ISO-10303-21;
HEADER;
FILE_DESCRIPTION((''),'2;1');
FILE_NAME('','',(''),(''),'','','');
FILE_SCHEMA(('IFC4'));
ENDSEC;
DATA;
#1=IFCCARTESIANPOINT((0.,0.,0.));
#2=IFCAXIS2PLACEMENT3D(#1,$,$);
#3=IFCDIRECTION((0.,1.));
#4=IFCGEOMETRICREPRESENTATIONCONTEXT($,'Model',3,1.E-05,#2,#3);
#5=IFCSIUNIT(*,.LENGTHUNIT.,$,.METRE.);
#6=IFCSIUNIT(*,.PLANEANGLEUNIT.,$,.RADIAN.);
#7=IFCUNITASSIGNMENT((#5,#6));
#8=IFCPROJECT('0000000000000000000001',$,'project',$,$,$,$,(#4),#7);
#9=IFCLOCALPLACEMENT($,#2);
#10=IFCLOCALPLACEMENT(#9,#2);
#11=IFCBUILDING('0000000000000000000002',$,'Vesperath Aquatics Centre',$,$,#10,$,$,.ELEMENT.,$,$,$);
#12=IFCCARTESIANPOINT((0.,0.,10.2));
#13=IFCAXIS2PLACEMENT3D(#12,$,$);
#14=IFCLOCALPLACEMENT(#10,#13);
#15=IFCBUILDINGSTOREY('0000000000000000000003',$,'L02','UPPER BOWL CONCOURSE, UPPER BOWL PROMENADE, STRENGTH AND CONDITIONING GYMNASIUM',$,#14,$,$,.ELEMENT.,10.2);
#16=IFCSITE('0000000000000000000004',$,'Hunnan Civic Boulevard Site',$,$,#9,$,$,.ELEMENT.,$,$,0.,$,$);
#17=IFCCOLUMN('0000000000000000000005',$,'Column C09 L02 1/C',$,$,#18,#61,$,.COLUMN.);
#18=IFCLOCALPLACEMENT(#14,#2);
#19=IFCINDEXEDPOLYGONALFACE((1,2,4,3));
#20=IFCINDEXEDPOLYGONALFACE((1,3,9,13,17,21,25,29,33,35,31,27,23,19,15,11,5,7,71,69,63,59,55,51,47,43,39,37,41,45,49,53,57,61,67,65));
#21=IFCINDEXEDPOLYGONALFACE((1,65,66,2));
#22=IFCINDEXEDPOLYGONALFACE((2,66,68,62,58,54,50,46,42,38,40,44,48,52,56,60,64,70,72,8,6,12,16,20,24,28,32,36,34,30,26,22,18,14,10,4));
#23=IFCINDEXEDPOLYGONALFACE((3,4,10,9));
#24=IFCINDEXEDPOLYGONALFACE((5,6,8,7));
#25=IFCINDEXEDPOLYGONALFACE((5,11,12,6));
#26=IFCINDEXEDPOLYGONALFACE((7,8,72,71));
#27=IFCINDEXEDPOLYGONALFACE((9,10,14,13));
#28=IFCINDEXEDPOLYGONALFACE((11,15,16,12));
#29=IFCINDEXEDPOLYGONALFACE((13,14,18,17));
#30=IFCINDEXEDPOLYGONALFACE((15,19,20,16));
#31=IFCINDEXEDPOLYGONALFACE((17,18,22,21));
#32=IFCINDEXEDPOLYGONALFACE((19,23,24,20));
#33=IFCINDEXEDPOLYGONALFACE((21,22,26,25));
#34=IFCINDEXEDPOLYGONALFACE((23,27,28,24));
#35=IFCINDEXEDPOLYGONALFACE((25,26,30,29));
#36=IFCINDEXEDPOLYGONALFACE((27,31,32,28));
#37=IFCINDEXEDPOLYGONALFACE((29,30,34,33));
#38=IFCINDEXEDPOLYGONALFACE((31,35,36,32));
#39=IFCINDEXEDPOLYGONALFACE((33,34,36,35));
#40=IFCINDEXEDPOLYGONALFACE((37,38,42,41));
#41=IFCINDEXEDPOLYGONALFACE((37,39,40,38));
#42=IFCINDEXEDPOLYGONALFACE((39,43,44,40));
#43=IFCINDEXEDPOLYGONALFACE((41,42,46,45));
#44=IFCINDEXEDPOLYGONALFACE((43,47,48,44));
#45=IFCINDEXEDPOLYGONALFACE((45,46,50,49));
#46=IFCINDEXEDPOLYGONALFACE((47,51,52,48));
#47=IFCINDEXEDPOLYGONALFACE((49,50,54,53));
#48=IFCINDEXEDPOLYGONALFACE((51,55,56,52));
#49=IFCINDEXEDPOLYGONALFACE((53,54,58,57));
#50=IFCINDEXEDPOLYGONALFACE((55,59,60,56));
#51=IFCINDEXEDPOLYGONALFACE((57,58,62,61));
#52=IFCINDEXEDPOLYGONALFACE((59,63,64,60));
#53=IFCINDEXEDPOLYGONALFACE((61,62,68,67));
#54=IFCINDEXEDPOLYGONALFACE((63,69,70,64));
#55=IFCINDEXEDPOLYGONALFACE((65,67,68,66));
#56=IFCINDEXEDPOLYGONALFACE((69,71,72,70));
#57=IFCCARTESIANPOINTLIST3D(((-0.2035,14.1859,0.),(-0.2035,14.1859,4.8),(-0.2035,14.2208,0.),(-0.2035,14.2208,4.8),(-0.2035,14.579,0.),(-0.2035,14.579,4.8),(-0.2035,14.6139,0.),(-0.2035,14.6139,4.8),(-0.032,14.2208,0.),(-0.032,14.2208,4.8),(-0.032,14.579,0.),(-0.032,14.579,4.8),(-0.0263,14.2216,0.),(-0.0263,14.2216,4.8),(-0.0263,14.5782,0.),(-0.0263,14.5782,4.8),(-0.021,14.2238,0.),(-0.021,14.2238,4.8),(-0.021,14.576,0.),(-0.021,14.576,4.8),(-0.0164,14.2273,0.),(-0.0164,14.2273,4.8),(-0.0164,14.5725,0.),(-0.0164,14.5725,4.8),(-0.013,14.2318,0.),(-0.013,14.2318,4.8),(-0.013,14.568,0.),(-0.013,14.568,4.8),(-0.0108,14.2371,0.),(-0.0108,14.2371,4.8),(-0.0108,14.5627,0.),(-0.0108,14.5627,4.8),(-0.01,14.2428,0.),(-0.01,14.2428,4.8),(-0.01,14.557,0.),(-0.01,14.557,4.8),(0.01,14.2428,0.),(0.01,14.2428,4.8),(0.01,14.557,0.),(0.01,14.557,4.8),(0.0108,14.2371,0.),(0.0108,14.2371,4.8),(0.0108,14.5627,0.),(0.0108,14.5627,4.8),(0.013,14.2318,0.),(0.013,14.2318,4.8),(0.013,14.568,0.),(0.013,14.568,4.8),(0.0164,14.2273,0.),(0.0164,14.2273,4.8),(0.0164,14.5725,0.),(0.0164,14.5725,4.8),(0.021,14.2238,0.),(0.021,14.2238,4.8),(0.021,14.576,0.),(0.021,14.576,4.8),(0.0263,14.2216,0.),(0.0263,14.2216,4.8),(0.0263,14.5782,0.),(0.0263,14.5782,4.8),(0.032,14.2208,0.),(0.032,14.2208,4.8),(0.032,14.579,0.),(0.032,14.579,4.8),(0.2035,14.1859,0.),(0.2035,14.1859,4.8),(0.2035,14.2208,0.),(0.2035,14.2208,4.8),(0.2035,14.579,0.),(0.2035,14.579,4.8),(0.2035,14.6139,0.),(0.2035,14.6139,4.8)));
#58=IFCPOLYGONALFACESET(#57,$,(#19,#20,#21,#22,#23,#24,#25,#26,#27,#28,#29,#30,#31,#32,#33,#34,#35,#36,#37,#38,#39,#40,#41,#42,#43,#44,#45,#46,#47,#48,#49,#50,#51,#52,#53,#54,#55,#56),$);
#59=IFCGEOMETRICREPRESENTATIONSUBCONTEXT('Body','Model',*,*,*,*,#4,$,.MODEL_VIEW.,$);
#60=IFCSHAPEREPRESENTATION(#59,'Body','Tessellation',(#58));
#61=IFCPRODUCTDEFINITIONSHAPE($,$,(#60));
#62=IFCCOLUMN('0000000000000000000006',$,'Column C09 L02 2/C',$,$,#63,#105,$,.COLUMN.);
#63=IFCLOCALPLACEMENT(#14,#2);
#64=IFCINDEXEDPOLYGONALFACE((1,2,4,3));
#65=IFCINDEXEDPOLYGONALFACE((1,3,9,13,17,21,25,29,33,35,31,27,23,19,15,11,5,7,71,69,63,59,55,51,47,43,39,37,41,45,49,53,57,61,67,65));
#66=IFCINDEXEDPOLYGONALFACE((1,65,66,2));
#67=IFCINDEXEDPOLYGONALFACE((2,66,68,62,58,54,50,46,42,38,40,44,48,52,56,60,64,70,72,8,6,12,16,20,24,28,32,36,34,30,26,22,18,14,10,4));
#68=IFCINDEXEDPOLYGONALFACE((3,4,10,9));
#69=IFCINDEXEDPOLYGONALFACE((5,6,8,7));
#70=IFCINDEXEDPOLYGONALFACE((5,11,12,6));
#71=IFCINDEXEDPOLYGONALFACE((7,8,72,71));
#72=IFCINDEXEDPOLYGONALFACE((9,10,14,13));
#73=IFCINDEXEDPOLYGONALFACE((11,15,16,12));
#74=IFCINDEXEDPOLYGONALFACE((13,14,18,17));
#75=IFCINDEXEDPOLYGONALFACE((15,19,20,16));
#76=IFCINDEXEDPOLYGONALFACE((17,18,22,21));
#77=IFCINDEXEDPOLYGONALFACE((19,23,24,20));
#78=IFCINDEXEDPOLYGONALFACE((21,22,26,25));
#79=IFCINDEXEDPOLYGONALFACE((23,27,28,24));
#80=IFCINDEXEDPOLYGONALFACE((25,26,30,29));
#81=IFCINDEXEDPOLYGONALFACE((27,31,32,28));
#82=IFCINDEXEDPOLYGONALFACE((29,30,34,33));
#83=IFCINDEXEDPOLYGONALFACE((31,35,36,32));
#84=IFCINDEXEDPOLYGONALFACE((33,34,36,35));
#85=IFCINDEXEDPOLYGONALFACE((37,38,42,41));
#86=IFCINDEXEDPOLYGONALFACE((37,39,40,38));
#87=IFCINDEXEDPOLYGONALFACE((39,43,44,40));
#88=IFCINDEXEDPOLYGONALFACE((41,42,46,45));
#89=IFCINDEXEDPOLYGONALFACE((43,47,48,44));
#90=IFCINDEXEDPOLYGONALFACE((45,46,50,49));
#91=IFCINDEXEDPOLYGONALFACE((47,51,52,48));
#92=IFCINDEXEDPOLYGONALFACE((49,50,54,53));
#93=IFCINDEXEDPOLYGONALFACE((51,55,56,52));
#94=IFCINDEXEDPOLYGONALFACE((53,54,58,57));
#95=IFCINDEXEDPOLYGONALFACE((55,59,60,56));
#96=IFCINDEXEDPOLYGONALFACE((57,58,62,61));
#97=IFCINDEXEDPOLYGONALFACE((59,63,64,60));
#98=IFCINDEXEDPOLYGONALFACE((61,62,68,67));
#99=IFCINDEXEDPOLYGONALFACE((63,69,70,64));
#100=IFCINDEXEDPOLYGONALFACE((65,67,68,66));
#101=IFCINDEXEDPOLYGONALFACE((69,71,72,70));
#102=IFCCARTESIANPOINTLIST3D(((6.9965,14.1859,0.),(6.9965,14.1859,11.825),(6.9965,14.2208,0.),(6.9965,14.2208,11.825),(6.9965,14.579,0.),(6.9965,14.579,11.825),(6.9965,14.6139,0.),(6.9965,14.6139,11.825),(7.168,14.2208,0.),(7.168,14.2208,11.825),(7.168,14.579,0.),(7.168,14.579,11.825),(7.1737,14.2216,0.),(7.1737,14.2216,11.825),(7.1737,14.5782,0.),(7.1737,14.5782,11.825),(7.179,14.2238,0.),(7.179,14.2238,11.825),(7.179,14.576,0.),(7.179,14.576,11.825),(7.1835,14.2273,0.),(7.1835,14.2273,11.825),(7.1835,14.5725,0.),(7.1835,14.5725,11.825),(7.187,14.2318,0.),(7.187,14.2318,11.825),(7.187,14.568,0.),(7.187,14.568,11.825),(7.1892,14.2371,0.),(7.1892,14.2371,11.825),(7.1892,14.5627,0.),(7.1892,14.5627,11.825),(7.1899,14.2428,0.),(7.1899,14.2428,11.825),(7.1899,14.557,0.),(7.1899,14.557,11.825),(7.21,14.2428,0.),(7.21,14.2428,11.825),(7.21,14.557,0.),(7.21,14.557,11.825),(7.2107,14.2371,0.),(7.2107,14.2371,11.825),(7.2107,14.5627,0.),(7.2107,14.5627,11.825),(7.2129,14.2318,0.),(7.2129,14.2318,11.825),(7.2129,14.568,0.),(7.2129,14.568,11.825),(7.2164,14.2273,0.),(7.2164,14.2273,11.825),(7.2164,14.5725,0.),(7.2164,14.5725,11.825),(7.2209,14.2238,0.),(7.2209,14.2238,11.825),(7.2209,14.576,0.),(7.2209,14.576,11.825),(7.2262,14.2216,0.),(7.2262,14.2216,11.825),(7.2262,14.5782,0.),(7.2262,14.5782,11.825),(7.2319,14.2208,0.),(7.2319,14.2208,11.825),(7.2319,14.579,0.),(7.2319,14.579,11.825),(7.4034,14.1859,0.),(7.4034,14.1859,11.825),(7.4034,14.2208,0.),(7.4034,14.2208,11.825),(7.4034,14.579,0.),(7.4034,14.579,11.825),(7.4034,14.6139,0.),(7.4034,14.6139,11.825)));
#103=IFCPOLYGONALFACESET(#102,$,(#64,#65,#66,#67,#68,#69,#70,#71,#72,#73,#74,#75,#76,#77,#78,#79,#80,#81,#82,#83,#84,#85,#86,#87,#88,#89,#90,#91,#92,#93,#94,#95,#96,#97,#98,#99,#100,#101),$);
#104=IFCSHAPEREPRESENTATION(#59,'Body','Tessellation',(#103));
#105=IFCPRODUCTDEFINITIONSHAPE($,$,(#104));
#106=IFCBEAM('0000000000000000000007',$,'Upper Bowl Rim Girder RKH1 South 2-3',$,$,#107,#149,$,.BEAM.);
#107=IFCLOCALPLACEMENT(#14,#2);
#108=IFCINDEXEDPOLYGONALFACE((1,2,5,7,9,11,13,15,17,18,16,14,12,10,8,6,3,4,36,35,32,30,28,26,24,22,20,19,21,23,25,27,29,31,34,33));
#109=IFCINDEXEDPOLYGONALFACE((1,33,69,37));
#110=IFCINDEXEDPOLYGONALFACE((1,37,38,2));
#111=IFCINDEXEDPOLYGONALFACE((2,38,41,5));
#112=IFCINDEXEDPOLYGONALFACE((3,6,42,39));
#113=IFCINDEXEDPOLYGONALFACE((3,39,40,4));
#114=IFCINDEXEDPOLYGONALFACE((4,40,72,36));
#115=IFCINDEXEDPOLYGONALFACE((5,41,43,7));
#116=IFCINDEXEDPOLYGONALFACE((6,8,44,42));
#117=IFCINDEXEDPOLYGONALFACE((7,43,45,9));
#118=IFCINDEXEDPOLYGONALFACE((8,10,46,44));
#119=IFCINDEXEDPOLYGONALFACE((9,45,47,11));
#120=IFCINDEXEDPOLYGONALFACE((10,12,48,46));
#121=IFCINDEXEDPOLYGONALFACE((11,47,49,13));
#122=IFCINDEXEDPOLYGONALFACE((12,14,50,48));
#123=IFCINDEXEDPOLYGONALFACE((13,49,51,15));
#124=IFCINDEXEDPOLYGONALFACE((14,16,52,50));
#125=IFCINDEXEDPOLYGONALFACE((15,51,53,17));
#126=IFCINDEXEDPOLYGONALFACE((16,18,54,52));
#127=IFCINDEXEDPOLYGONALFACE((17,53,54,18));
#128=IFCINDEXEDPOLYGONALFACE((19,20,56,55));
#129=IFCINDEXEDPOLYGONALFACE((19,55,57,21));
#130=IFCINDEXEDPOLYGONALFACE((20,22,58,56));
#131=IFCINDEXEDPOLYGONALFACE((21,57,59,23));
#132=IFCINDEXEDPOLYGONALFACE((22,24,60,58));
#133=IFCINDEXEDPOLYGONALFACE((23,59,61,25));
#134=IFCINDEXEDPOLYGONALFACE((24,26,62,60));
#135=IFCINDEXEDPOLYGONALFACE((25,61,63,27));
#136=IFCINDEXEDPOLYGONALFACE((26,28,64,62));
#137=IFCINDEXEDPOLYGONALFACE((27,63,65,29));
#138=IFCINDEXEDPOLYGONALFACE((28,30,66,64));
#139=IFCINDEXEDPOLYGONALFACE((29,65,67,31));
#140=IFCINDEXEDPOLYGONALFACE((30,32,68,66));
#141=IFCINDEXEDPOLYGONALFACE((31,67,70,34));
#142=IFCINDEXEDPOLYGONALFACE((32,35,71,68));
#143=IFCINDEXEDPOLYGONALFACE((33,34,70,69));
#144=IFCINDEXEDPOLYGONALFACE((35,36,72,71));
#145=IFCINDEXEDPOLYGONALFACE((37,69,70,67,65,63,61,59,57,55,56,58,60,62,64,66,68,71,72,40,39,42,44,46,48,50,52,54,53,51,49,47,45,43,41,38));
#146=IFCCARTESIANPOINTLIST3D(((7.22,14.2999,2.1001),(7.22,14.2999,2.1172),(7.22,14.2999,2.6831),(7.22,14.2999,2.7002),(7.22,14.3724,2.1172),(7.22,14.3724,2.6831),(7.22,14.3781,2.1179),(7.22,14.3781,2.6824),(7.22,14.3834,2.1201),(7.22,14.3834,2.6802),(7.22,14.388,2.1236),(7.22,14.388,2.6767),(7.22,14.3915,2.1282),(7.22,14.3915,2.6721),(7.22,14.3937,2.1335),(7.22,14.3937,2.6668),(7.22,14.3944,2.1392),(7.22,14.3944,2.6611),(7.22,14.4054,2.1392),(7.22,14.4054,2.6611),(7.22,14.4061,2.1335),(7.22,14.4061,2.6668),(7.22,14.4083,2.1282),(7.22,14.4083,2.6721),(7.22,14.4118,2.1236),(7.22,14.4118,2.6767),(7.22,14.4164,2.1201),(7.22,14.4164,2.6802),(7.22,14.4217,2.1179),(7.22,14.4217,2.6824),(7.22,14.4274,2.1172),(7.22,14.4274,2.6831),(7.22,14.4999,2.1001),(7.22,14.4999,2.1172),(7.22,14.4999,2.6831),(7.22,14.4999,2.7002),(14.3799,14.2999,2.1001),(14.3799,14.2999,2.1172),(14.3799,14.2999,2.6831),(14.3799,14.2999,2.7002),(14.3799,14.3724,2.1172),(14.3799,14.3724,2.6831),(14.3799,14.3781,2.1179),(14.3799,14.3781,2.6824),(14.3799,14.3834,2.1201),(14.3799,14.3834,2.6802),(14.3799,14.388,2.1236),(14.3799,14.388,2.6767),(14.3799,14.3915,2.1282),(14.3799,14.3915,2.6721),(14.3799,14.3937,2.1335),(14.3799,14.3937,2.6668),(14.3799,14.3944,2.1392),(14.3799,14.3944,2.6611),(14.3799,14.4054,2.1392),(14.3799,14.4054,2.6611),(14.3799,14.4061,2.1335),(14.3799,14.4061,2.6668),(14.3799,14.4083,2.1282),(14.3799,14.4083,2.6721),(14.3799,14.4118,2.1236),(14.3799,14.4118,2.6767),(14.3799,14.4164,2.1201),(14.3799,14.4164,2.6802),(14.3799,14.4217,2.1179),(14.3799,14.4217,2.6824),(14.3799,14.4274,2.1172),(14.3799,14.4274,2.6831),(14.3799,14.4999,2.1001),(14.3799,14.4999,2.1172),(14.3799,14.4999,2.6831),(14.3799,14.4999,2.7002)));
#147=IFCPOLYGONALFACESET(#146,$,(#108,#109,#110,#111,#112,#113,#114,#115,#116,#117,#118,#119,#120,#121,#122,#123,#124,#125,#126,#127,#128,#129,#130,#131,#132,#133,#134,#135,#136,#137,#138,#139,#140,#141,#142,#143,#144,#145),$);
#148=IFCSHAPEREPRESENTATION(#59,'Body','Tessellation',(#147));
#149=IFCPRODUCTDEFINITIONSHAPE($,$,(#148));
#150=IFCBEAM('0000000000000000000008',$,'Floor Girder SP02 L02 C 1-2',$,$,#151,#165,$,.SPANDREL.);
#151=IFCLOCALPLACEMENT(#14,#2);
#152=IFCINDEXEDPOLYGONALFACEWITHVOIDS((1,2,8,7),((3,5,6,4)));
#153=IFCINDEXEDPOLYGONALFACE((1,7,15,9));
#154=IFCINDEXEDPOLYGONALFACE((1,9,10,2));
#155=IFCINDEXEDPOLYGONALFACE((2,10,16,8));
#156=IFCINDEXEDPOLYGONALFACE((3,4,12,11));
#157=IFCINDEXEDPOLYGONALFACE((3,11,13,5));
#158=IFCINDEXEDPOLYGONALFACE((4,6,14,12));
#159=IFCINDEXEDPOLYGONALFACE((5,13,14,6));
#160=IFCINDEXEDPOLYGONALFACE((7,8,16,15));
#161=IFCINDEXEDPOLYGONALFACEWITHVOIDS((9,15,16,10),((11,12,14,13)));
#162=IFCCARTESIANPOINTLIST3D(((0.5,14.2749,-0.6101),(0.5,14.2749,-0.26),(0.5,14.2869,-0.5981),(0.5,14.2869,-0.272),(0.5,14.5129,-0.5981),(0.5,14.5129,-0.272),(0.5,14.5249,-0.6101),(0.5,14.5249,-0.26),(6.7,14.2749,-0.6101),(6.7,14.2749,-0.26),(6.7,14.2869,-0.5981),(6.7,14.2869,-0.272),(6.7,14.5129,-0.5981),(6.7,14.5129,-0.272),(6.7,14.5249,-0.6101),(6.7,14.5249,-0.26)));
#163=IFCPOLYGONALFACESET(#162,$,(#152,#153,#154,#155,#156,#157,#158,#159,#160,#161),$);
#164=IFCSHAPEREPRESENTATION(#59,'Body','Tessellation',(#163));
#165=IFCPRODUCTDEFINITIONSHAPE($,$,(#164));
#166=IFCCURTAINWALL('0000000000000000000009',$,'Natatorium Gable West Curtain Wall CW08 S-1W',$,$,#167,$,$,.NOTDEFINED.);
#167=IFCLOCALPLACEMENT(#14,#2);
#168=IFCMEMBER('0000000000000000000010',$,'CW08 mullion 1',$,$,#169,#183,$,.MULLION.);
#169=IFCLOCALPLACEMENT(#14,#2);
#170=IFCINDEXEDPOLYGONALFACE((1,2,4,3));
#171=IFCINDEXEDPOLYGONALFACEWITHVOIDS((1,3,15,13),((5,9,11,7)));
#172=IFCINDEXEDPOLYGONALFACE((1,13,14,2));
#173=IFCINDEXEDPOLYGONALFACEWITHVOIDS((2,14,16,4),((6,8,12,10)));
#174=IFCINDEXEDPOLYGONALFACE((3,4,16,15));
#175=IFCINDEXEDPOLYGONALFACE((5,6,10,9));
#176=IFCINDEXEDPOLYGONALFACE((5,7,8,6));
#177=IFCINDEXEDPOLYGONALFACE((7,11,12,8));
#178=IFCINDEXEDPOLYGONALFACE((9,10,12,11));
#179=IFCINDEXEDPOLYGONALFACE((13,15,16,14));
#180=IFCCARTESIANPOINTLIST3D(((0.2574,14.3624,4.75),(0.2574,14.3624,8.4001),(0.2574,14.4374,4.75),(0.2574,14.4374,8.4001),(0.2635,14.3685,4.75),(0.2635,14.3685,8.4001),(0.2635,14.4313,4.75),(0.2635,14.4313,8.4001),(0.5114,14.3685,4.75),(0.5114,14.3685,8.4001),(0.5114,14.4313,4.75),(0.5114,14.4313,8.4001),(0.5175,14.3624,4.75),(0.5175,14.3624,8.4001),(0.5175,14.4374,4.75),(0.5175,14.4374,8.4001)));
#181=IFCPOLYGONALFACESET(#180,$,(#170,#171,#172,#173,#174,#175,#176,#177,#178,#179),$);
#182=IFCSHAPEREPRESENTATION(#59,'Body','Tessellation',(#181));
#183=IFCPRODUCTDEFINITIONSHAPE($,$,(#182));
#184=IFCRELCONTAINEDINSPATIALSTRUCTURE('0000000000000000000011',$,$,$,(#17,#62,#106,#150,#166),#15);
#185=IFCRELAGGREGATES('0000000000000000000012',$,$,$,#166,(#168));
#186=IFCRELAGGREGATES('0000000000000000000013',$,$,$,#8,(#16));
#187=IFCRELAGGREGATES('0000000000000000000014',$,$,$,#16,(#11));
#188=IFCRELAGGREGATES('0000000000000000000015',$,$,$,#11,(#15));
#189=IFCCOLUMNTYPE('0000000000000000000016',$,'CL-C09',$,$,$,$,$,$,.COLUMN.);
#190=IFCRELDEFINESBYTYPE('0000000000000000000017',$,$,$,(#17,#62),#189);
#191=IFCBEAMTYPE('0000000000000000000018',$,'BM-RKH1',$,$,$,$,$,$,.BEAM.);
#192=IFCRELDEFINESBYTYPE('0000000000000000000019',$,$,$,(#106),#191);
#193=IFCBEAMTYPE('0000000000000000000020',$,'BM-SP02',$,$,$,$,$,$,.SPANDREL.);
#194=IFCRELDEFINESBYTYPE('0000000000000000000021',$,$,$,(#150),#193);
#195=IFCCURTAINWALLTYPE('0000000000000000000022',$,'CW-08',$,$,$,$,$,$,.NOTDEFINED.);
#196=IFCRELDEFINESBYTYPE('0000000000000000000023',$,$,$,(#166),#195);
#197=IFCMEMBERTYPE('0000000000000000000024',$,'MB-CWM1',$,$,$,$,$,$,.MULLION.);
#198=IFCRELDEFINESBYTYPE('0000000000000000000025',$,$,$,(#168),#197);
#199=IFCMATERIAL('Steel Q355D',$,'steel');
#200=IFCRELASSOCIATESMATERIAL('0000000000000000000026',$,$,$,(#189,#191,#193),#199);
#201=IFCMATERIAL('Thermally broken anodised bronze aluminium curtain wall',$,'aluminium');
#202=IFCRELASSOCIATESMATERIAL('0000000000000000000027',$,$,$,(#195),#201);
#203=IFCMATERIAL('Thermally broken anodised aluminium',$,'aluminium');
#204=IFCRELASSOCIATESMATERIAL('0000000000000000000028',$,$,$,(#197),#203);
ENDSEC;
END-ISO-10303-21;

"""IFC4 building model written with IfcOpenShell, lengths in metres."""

from ifc_helpers import new_model, si_unit, direction, frame, origin, origin_2d, place, context, subcontext, project, spatial, hollow_rectangle, i_section, extrude, material, material_profile, profile_set, type_object, element, aggregate, save


model = new_model("IFC4")

# Units and contexts
model_context = context("Model", 3, precision=1e-05, world=origin(), true_north=direction((0.0, 1.0)))
body_context = subcontext(model_context, "Body", "Model", "MODEL_VIEW")
ifc_project = project(units=[si_unit("LENGTHUNIT", "METRE"), si_unit("PLANEANGLEUNIT", "RADIAN")], contexts=[model_context])

# Site, building, storey
site_placement = place(None, origin())
site = spatial("IfcSite", under=ifc_project, at=site_placement, Name="Hunnan Civic Boulevard Site", CompositionType="ELEMENT", RefElevation=0.0)
building_placement = place(site_placement, origin())
building = spatial("IfcBuilding", under=site, at=building_placement, Name="Vesperath Aquatics Centre", CompositionType="ELEMENT")
storey_placement = place(building_placement, frame((0.0, 0.0, 10.2)))
storey = spatial("IfcBuildingStorey", under=building, at=storey_placement, Name="L02", Description="UPPER BOWL CONCOURSE, UPPER BOWL PROMENADE, STRENGTH AND CONDITIONING GYMNASIUM", CompositionType="ELEMENT", Elevation=10.2)

# Columns
ifc_material_1 = material(Name="Steel Q355D", Category="steel")
ifc_material_profile_1 = material_profile(ifc_material_1, i_section(OverallWidth=0.407, OverallDepth=0.428, WebThickness=0.02, FlangeThickness=0.0349, FilletRadius=0.022, at=origin_2d()), Name="HW 428x407x20x35")
ifc_profile_set_1 = profile_set([ifc_material_profile_1], Name="Steel Q355D")
column_type = type_object("IfcColumnType", Name="CL-C09", PredefinedType="COLUMN", material=ifc_profile_set_1)
column_1_placement = place(storey_placement, frame((0.0, 14.3999, 0.0), z_axis=(0.0, 0.0, 1.0), x_axis=(1.0, 0.0, 0.0)))
element("IfcColumn", 1, at=column_1_placement, inside=storey, type_object=column_type, Name="Column C09 L02 1/C", PredefinedType="COLUMN", context=body_context, shape_type="SweptSolid", body=[
    extrude(i_section(OverallWidth=0.407, OverallDepth=0.428, WebThickness=0.02, FlangeThickness=0.0349, FilletRadius=0.022, at=origin_2d()), origin(), (0.0, 0.0, 1.0), 4.8),
])
column_2_placement = place(storey_placement, frame((7.2, 14.3999, 0.0), z_axis=(0.0, 0.0, 1.0), x_axis=(1.0, 0.0, 0.0)))
element("IfcColumn", 2, at=column_2_placement, inside=storey, type_object=column_type, Name="Column C09 L02 2/C", PredefinedType="COLUMN", context=body_context, shape_type="SweptSolid", body=[
    extrude(i_section(OverallWidth=0.407, OverallDepth=0.428, WebThickness=0.02, FlangeThickness=0.0349, FilletRadius=0.022, at=origin_2d()), origin(), (0.0, 0.0, 1.0), 11.825),
])

# Beams
ifc_material_profile_2 = material_profile(ifc_material_1, i_section(OverallWidth=0.2, OverallDepth=0.6001, WebThickness=0.011, FlangeThickness=0.0171, FilletRadius=0.022, at=origin_2d()), Name="HN 600x200x11x17")
ifc_profile_set_2 = profile_set([ifc_material_profile_2], Name="Steel Q355D")
beam_type_1 = type_object("IfcBeamType", Name="BM-RKH1", PredefinedType="BEAM", material=ifc_profile_set_2)
beam_1_placement = place(storey_placement, frame((7.22, 14.3999, 2.4001), z_axis=(1.0, 0.0, 0.0), x_axis=(0.0, 1.0, 0.0)))
element("IfcBeam", 3, at=beam_1_placement, inside=storey, type_object=beam_type_1, Name="Upper Bowl Rim Girder RKH1 South 2-3", PredefinedType="BEAM", context=body_context, shape_type="SweptSolid", body=[
    extrude(i_section(OverallWidth=0.2, OverallDepth=0.6001, WebThickness=0.011, FlangeThickness=0.0171, FilletRadius=0.022, at=origin_2d()), origin(), (0.0, 0.0, 1.0), 7.1599),
])
ifc_material_profile_3 = material_profile(ifc_material_1, hollow_rectangle(XDim=0.25, YDim=0.3501, WallThickness=0.012, at=origin_2d()), Name="RHS 350x250x12")
ifc_profile_set_3 = profile_set([ifc_material_profile_3], Name="Steel Q355D")
beam_type_2 = type_object("IfcBeamType", Name="BM-SP02", PredefinedType="SPANDREL", material=ifc_profile_set_3)
beam_2_placement = place(storey_placement, frame((0.5, 14.3999, -0.4351), z_axis=(1.0, 0.0, 0.0), x_axis=(0.0, 1.0, 0.0)))
element("IfcBeam", 4, at=beam_2_placement, inside=storey, type_object=beam_type_2, Name="Floor Girder SP02 L02 C 1-2", PredefinedType="SPANDREL", context=body_context, shape_type="SweptSolid", body=[
    extrude(hollow_rectangle(XDim=0.25, YDim=0.3501, WallThickness=0.012, at=origin_2d()), origin(), (0.0, 0.0, 1.0), 6.2),
])

# Curtain wall, member
ifc_material_2 = material(Name="Thermally broken anodised bronze aluminium curtain wall", Category="aluminium")
curtain_wall_type_1 = type_object("IfcCurtainWallType", Name="CW-08", PredefinedType="NOTDEFINED", material=ifc_material_2)
curtain_wall_1_placement = place(storey_placement, origin())
curtain_wall_1 = element("IfcCurtainWall", 5, at=curtain_wall_1_placement, inside=storey, type_object=curtain_wall_type_1, Name="Natatorium Gable West Curtain Wall CW08 S-1W", PredefinedType="NOTDEFINED")
ifc_material_3 = material(Name="Thermally broken anodised aluminium", Category="aluminium")
ifc_material_profile_4 = material_profile(ifc_material_3, hollow_rectangle(XDim=0.075, YDim=0.26, WallThickness=0.0061, at=origin_2d()), Name="CWM 75x260x6")
ifc_profile_set_4 = profile_set([ifc_material_profile_4], Name="Thermally broken anodised aluminium")
member_type_1 = type_object("IfcMemberType", Name="MB-CWM1", PredefinedType="MULLION", material=ifc_profile_set_4)
member_1_placement = place(storey_placement, frame((0.3875, 14.3999, 4.75), z_axis=(0.0, 0.0, 1.0), x_axis=(0.0, 1.0, 0.0)))
member_1 = element("IfcMember", 6, at=member_1_placement, type_object=member_type_1, Name="CW08 mullion 1", PredefinedType="MULLION", context=body_context, shape_type="SweptSolid", body=[
    extrude(hollow_rectangle(XDim=0.075, YDim=0.26, WallThickness=0.0061, at=origin_2d()), origin(), (0.0, 0.0, 1.0), 3.6501),
])

aggregate(curtain_wall_1, [member_1])

save(model, "model.ifc")
